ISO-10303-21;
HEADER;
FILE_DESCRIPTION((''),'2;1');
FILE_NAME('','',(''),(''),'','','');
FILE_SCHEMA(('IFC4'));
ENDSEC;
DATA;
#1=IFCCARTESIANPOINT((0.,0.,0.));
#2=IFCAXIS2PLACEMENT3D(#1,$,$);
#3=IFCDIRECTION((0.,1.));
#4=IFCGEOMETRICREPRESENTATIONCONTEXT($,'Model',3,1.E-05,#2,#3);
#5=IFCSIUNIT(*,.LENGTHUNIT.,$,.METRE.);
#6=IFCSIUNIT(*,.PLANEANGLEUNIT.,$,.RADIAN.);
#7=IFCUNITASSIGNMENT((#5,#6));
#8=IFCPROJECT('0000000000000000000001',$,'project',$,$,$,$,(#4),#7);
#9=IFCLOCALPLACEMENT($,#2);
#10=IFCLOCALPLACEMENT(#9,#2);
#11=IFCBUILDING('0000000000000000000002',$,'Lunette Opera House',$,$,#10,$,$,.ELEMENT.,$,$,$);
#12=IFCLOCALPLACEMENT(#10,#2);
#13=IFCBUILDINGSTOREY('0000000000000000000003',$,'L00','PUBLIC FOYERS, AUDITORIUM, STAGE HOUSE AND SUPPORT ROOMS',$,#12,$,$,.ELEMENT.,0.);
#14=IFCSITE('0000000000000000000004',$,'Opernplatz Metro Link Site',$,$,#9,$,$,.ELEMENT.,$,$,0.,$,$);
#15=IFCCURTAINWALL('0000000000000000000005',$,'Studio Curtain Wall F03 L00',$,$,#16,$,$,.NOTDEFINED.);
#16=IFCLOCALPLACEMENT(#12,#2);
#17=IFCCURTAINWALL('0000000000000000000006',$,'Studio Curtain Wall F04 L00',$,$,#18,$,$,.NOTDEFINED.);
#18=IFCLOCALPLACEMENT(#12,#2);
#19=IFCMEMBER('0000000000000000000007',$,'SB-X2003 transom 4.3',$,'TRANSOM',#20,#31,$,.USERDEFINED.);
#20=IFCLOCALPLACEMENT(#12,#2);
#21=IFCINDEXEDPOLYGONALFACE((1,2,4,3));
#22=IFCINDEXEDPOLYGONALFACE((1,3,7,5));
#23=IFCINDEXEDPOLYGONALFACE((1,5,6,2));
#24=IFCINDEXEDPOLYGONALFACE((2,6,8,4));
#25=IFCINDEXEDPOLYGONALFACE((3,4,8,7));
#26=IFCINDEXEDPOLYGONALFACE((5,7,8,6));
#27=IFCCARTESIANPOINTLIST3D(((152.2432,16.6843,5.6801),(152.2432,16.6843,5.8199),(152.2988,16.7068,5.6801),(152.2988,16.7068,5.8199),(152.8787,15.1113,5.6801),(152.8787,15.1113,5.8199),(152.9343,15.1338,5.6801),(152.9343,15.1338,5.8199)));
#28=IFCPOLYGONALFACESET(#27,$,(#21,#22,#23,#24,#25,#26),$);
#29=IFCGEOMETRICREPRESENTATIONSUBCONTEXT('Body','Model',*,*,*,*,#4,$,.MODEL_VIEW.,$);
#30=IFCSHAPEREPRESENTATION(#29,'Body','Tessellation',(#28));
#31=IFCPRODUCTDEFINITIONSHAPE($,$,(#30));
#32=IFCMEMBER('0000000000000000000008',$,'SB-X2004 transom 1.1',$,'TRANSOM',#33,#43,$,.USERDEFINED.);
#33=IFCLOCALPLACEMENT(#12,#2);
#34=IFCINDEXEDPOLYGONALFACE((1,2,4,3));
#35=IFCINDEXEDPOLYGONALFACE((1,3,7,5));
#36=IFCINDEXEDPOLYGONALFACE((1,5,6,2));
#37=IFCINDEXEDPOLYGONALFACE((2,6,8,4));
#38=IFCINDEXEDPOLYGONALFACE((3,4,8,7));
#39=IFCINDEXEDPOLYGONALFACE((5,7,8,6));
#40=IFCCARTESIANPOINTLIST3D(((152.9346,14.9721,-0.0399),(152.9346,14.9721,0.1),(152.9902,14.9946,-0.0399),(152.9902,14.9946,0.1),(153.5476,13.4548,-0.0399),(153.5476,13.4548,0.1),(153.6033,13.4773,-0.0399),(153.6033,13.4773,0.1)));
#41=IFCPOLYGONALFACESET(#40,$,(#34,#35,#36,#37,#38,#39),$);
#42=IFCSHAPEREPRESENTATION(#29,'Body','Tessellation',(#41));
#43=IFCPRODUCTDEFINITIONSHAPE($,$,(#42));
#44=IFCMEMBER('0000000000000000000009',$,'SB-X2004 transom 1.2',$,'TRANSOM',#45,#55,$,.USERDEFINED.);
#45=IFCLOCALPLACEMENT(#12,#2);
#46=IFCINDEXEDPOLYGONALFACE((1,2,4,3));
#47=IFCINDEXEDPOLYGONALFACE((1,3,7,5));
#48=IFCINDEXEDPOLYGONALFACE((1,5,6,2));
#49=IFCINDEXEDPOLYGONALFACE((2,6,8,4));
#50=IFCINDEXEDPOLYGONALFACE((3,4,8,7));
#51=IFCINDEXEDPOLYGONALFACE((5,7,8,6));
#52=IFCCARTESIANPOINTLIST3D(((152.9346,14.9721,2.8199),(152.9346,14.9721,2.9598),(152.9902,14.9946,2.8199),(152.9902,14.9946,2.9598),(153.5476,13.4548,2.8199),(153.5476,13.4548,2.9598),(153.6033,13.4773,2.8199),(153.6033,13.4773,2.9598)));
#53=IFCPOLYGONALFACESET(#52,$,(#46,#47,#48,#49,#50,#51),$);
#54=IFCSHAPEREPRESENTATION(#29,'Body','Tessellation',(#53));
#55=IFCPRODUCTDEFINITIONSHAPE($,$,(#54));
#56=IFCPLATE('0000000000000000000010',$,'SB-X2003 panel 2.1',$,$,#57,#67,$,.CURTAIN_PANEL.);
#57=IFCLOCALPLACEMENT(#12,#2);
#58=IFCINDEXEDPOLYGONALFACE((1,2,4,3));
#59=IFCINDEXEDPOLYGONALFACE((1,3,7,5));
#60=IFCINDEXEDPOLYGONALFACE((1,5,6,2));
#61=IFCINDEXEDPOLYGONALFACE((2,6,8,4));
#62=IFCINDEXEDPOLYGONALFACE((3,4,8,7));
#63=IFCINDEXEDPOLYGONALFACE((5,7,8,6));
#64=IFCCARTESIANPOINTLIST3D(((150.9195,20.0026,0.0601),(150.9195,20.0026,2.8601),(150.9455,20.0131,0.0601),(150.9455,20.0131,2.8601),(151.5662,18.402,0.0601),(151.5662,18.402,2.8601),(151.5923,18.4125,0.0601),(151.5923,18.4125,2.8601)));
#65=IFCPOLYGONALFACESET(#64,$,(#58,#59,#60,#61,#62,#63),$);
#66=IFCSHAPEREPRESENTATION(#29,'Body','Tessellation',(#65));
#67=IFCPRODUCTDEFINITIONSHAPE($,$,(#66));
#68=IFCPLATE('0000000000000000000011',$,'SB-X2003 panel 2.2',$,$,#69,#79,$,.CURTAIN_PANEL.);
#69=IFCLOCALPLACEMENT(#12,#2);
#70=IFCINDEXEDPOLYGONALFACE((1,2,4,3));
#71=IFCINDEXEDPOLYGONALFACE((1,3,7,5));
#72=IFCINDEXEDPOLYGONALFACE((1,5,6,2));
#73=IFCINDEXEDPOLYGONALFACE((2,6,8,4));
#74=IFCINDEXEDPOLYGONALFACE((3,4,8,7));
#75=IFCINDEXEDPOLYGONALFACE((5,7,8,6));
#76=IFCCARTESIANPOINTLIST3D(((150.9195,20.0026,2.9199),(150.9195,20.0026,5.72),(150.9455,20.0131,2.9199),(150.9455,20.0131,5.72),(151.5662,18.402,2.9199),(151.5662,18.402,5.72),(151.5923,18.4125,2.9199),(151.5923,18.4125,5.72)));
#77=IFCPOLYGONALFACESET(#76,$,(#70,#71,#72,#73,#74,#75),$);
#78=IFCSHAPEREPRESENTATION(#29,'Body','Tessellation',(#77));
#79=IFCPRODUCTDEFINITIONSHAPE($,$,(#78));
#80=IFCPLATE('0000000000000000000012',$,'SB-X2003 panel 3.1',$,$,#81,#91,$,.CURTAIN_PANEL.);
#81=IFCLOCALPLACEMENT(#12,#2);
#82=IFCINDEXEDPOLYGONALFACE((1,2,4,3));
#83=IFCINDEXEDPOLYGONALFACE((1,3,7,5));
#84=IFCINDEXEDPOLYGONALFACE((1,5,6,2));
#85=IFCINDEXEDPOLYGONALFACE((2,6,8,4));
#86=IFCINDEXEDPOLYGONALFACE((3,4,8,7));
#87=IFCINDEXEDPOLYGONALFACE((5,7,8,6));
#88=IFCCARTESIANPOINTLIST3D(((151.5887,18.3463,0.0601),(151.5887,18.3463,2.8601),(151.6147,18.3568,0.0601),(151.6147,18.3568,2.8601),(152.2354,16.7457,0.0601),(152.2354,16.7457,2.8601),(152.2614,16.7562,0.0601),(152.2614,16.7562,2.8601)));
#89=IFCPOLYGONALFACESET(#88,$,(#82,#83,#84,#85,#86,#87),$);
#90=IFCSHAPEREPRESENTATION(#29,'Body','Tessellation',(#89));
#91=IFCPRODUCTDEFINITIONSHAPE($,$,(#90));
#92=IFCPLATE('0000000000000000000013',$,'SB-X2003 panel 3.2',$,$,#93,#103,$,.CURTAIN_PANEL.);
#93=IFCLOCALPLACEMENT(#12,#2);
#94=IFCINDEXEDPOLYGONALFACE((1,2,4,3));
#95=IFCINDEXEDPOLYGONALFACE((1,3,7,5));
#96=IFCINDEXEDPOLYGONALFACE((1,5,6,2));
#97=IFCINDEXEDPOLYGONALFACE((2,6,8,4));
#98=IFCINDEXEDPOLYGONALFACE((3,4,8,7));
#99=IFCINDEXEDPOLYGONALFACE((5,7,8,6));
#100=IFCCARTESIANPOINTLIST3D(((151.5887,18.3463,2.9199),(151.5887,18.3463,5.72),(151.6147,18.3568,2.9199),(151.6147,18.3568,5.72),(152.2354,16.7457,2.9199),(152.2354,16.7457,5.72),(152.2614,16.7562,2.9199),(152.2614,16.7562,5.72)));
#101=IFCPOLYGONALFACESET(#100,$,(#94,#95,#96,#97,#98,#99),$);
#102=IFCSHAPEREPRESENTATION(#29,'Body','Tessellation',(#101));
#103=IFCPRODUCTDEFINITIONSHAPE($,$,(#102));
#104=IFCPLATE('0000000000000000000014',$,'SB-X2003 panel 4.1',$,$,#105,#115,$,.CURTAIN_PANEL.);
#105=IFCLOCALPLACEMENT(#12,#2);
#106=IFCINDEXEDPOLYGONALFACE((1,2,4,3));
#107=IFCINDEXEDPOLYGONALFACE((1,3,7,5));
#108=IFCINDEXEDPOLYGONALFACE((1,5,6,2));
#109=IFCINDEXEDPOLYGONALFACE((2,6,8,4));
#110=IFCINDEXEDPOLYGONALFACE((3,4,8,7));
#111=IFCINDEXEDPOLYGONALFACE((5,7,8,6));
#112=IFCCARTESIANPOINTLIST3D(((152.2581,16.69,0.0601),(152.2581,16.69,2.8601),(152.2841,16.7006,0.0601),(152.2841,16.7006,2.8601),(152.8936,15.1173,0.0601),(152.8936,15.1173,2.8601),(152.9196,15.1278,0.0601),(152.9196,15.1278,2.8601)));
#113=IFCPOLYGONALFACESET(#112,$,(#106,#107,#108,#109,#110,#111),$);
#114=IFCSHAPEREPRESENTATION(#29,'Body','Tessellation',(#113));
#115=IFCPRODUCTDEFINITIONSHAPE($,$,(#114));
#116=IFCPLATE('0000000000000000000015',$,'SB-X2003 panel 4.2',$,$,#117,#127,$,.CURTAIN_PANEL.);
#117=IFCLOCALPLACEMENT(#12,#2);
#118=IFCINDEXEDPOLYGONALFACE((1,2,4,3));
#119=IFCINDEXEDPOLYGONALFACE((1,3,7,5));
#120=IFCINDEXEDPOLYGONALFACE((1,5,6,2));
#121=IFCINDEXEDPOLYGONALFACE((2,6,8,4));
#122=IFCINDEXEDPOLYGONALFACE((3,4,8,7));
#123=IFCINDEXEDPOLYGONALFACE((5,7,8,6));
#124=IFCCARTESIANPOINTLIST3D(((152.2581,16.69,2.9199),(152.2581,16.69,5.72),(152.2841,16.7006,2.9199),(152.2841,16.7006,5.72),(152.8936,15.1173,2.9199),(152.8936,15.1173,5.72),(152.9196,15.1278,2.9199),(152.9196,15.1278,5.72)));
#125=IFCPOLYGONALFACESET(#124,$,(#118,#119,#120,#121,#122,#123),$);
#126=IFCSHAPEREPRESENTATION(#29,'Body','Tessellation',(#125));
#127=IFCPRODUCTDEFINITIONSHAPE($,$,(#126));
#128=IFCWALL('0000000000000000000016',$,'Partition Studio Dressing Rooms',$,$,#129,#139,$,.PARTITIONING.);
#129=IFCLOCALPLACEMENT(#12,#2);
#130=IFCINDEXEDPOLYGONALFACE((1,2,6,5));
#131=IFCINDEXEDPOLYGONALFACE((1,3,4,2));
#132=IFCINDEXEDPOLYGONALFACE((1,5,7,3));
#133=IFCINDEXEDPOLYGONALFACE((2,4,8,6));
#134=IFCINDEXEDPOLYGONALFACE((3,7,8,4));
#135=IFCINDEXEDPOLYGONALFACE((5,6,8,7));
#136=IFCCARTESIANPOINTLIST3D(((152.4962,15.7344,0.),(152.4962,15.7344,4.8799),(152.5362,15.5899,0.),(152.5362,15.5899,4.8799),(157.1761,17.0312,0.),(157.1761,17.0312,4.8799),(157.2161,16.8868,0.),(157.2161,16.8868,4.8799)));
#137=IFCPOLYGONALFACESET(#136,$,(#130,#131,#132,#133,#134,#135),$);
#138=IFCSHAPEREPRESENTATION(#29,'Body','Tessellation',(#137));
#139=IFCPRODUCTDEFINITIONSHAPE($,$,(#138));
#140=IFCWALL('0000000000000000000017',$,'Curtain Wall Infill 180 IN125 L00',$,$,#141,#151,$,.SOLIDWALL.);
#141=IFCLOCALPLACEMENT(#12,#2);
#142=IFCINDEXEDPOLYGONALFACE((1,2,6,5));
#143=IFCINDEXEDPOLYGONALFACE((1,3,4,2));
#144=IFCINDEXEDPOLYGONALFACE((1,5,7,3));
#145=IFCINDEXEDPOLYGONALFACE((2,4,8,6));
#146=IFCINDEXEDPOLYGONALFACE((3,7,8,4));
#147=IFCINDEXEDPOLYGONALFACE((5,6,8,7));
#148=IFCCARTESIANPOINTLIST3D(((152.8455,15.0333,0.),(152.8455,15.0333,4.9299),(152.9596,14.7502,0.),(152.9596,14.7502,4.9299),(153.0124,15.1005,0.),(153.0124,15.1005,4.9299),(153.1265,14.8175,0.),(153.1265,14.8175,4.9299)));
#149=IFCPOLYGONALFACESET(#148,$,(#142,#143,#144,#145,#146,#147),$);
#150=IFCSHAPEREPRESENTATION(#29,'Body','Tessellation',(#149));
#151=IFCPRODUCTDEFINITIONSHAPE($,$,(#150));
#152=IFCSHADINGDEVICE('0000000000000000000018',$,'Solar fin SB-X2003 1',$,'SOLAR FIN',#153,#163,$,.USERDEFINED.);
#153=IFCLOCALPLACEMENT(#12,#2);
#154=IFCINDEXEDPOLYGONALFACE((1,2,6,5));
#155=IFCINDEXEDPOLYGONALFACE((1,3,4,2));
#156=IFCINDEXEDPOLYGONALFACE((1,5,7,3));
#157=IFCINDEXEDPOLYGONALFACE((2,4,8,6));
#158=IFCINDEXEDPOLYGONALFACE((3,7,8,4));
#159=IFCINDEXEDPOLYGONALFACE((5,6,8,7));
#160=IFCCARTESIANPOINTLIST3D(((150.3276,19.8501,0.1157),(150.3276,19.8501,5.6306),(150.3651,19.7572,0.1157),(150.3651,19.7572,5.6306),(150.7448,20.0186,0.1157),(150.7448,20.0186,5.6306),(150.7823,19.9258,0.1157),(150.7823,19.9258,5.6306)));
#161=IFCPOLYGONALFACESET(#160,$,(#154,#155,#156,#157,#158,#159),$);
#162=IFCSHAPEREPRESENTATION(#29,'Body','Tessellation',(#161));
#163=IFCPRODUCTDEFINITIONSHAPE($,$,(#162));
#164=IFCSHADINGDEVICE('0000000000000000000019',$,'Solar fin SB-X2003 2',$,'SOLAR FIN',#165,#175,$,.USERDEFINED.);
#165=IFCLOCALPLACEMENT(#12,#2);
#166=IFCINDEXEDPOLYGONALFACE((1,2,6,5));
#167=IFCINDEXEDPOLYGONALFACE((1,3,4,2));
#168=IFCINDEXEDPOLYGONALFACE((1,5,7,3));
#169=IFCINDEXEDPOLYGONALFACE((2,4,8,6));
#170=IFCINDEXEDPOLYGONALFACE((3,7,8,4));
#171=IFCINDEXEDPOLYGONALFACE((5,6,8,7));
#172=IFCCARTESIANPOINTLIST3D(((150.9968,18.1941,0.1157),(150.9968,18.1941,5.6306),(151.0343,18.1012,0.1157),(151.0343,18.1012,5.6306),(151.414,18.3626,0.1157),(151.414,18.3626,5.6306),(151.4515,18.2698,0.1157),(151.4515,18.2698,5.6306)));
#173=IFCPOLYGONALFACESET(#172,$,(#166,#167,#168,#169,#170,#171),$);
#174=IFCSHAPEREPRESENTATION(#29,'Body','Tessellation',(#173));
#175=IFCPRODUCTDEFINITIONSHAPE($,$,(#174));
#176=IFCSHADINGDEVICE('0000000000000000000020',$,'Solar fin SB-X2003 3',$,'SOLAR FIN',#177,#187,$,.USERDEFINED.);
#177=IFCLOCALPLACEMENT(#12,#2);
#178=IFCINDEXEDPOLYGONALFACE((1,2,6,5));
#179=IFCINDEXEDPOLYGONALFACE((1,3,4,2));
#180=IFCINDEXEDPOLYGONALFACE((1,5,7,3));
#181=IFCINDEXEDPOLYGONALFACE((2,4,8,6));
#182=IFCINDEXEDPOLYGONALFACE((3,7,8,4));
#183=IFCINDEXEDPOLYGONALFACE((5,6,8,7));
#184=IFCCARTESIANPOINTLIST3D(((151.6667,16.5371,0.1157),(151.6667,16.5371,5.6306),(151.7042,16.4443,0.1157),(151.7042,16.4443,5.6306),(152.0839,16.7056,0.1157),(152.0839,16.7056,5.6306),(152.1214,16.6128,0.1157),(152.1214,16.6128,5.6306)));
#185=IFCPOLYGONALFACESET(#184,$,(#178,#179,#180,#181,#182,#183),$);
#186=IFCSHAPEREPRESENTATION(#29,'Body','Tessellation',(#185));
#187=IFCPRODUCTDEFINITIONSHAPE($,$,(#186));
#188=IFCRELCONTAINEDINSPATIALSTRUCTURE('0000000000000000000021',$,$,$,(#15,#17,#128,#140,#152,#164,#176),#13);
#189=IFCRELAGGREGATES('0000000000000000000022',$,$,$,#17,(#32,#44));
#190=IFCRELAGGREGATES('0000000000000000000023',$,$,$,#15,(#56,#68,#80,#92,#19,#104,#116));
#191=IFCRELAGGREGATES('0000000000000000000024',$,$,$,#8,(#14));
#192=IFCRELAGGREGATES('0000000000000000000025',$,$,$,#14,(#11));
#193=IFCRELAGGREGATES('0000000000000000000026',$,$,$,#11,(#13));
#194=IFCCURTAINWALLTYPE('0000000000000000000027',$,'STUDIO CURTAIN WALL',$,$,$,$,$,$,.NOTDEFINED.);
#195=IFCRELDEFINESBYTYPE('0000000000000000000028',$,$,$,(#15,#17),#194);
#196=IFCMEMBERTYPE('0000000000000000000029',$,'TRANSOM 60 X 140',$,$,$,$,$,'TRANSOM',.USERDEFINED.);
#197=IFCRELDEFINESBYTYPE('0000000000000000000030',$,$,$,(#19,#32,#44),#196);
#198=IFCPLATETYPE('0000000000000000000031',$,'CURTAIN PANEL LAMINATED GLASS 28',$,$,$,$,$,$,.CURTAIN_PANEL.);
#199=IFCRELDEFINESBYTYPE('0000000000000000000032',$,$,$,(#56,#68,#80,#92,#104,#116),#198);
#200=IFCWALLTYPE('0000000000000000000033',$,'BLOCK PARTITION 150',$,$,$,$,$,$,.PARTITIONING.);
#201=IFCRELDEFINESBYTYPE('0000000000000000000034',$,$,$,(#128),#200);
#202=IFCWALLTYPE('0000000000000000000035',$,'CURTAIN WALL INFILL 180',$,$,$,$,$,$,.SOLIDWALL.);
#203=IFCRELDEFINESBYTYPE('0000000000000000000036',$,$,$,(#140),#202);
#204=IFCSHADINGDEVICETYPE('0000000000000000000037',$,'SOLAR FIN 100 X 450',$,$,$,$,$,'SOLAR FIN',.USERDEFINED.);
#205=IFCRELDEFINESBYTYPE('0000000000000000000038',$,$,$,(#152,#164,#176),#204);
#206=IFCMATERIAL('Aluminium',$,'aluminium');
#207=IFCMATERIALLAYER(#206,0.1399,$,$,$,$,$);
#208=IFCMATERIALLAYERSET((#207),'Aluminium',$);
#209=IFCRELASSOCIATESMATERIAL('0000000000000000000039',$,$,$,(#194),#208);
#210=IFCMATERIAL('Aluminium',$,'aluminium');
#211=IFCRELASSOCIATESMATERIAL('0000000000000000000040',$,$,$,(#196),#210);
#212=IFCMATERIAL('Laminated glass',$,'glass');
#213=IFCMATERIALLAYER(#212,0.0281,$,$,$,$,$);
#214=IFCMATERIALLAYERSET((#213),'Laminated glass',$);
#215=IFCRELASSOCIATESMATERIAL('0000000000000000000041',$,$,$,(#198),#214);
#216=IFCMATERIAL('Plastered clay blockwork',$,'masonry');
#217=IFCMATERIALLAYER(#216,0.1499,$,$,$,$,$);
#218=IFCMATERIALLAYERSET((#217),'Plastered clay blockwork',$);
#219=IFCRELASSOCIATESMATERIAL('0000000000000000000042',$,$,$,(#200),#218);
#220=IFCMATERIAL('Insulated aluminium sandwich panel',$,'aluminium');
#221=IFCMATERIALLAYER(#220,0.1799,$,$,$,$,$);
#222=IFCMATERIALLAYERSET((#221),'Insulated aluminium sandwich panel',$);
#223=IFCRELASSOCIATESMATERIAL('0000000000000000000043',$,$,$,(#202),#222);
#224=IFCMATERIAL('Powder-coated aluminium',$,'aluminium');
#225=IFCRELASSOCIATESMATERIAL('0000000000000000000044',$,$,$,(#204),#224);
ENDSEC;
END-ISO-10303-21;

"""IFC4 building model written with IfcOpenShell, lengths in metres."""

from ifc_helpers import new_model, si_unit, direction, frame, frame_2d, origin, origin_2d, place, context, subcontext, project, spatial, rectangle, extrude, material, layer, layer_set, material_profile, profile_set, type_object, element, aggregate, save


model = new_model("IFC4")

# Units and contexts
model_context = context("Model", 3, precision=1e-05, world=origin(), true_north=direction((0.0, 1.0)))
body_context = subcontext(model_context, "Body", "Model", "MODEL_VIEW")
ifc_project = project(units=[si_unit("LENGTHUNIT", "METRE"), si_unit("PLANEANGLEUNIT", "RADIAN")], contexts=[model_context])

# Site, building, storey
site_placement = place(None, origin())
site = spatial("IfcSite", under=ifc_project, at=site_placement, Name="Opernplatz Metro Link Site", CompositionType="ELEMENT", RefElevation=0.0)
building_placement = place(site_placement, origin())
building = spatial("IfcBuilding", under=site, at=building_placement, Name="Lunette Opera House", CompositionType="ELEMENT")
storey_placement = place(building_placement, origin())
storey = spatial("IfcBuildingStorey", under=building, at=storey_placement, Name="L00", Description="PUBLIC FOYERS, AUDITORIUM, STAGE HOUSE AND SUPPORT ROOMS", CompositionType="ELEMENT", Elevation=0.0)

# Curtain wall
ifc_material_1 = material(Name="Aluminium", Category="aluminium")
ifc_layer_1 = layer(ifc_material_1, 0.1399)
ifc_layer_set_1 = layer_set([ifc_layer_1], Name="Aluminium")
curtain_wall_type = type_object("IfcCurtainWallType", Name="STUDIO CURTAIN WALL", PredefinedType="NOTDEFINED", material=ifc_layer_set_1)
curtain_wall_1_placement = place(storey_placement, origin())
curtain_wall_1 = element("IfcCurtainWall", 1, at=curtain_wall_1_placement, inside=storey, type_object=curtain_wall_type, Name="Studio Curtain Wall F03 L00", PredefinedType="NOTDEFINED")

# Curtain wall
curtain_wall_2_placement = place(storey_placement, origin())
curtain_wall_2 = element("IfcCurtainWall", 2, at=curtain_wall_2_placement, inside=storey, type_object=curtain_wall_type, Name="Studio Curtain Wall F04 L00", PredefinedType="NOTDEFINED")

# Members
ifc_material_2 = material(Name="Aluminium", Category="aluminium")
ifc_material_profile_1 = material_profile(ifc_material_2, rectangle(XDim=0.0601, YDim=0.1399, at=origin_2d()), Name="TRANSOM 60 X 140")
ifc_profile_set_1 = profile_set([ifc_material_profile_1], Name="Aluminium")
member_type_1 = type_object("IfcMemberType", Name="TRANSOM 60 X 140", ElementType="TRANSOM", PredefinedType="USERDEFINED", material=ifc_profile_set_1)
member_1_placement = place(storey_placement, frame((152.271, 16.6956, 5.75), z_axis=(0.374589, -0.927191, 0.0), x_axis=(0.927191, 0.374589, 0.0)))
member_1 = element("IfcMember", 3, at=member_1_placement, type_object=member_type_1, Name="SB-X2003 transom 4.3", ObjectType="TRANSOM", PredefinedType="USERDEFINED", context=body_context, shape_type="SweptSolid", body=[
    extrude(rectangle(XDim=0.0601, YDim=0.1399, at=origin_2d()), origin(), (0.0, 0.0, 1.0), 1.6965),
])
member_2_placement = place(storey_placement, frame((152.9624, 14.9834, 0.03), z_axis=(0.374604, -0.927185, 0.0), x_axis=(0.927185, 0.374604, 0.0)))
member_2 = element("IfcMember", 4, at=member_2_placement, type_object=member_type_1, Name="SB-X2004 transom 1.1", ObjectType="TRANSOM", PredefinedType="USERDEFINED", context=body_context, shape_type="SweptSolid", body=[
    extrude(rectangle(XDim=0.0601, YDim=0.1399, at=origin_2d()), origin(), (0.0, 0.0, 1.0), 1.6365),
])
member_3_placement = place(storey_placement, frame((152.9624, 14.9834, 2.8899), z_axis=(0.374604, -0.927185, 0.0), x_axis=(0.927185, 0.374604, 0.0)))
member_3 = element("IfcMember", 5, at=member_3_placement, type_object=member_type_1, Name="SB-X2004 transom 1.2", ObjectType="TRANSOM", PredefinedType="USERDEFINED", context=body_context, shape_type="SweptSolid", body=[
    extrude(rectangle(XDim=0.0601, YDim=0.1399, at=origin_2d()), origin(), (0.0, 0.0, 1.0), 1.6365),
])
aggregate(curtain_wall_2, [member_2, member_3])

# Plates
ifc_material_3 = material(Name="Laminated glass", Category="glass")
ifc_layer_2 = layer(ifc_material_3, 0.0281)
ifc_layer_set_2 = layer_set([ifc_layer_2], Name="Laminated glass")
plate_type = type_object("IfcPlateType", Name="CURTAIN PANEL LAMINATED GLASS 28", PredefinedType="CURTAIN_PANEL", material=ifc_layer_set_2)
plate_1_placement = place(storey_placement, frame((151.2559, 19.2075, 0.0601), z_axis=(0.0, 0.0, 1.0), x_axis=(0.374646, -0.927168, 0.0)))
plate_1 = element("IfcPlate", 6, at=plate_1_placement, type_object=plate_type, Name="SB-X2003 panel 2.1", PredefinedType="CURTAIN_PANEL", context=body_context, shape_type="SweptSolid", body=[
    extrude(rectangle(XDim=1.7263, YDim=0.0281, at=origin_2d()), origin(), (0.0, 0.0, 1.0), 2.8),
])
plate_2_placement = place(storey_placement, frame((151.2559, 19.2075, 2.9199), z_axis=(0.0, 0.0, 1.0), x_axis=(0.374646, -0.927168, 0.0)))
plate_2 = element("IfcPlate", 7, at=plate_2_placement, type_object=plate_type, Name="SB-X2003 panel 2.2", PredefinedType="CURTAIN_PANEL", context=body_context, shape_type="SweptSolid", body=[
    extrude(rectangle(XDim=1.7263, YDim=0.0281, at=origin_2d()), origin(), (0.0, 0.0, 1.0), 2.8),
])
plate_3_placement = place(storey_placement, frame((151.925, 17.5513, 0.0601), z_axis=(0.0, 0.0, 1.0), x_axis=(0.374646, -0.927168, 0.0)))
plate_3 = element("IfcPlate", 8, at=plate_3_placement, type_object=plate_type, Name="SB-X2003 panel 3.1", PredefinedType="CURTAIN_PANEL", context=body_context, shape_type="SweptSolid", body=[
    extrude(rectangle(XDim=1.7263, YDim=0.0281, at=origin_2d()), origin(), (0.0, 0.0, 1.0), 2.8),
])
plate_4_placement = place(storey_placement, frame((151.925, 17.5513, 2.9199), z_axis=(0.0, 0.0, 1.0), x_axis=(0.374646, -0.927168, 0.0)))
plate_4 = element("IfcPlate", 9, at=plate_4_placement, type_object=plate_type, Name="SB-X2003 panel 3.2", PredefinedType="CURTAIN_PANEL", context=body_context, shape_type="SweptSolid", body=[
    extrude(rectangle(XDim=1.7263, YDim=0.0281, at=origin_2d()), origin(), (0.0, 0.0, 1.0), 2.8),
])
plate_5_placement = place(storey_placement, frame((152.5889, 15.9089, 0.0601), z_axis=(0.0, 0.0, 1.0), x_axis=(0.374646, -0.927168, 0.0)))
plate_5 = element("IfcPlate", 10, at=plate_5_placement, type_object=plate_type, Name="SB-X2003 panel 4.1", PredefinedType="CURTAIN_PANEL", context=body_context, shape_type="SweptSolid", body=[
    extrude(rectangle(XDim=1.6963, YDim=0.0281, at=origin_2d()), origin(), (0.0, 0.0, 1.0), 2.8),
])
plate_6_placement = place(storey_placement, frame((152.5889, 15.9089, 2.9199), z_axis=(0.0, 0.0, 1.0), x_axis=(0.374646, -0.927168, 0.0)))
plate_6 = element("IfcPlate", 11, at=plate_6_placement, type_object=plate_type, Name="SB-X2003 panel 4.2", PredefinedType="CURTAIN_PANEL", context=body_context, shape_type="SweptSolid", body=[
    extrude(rectangle(XDim=1.6963, YDim=0.0281, at=origin_2d()), origin(), (0.0, 0.0, 1.0), 2.8),
])
aggregate(curtain_wall_1, [plate_1, plate_2, plate_3, plate_4, member_1, plate_5, plate_6])

# Walls
ifc_material_4 = material(Name="Plastered clay blockwork", Category="masonry")
ifc_layer_3 = layer(ifc_material_4, 0.1499)
ifc_layer_set_3 = layer_set([ifc_layer_3], Name="Plastered clay blockwork")
wall_type_1 = type_object("IfcWallType", Name="BLOCK PARTITION 150", PredefinedType="PARTITIONING", material=ifc_layer_set_3)
wall_1_placement = place(storey_placement, frame((152.5161, 15.6621, 0.0), z_axis=(0.0, 0.0, 1.0), x_axis=(0.963683, 0.26705, 0.0)))
element("IfcWall", 12, at=wall_1_placement, inside=storey, type_object=wall_type_1, Name="Partition Studio Dressing Rooms", PredefinedType="PARTITIONING", context=body_context, shape_type="SweptSolid", body=[
    extrude(rectangle(XDim=4.8562, YDim=0.1499, at=frame_2d((2.4282, 0.0))), origin(), (0.0, 0.0, 1.0), 4.8799),
])
ifc_material_5 = material(Name="Insulated aluminium sandwich panel", Category="aluminium")
ifc_layer_4 = layer(ifc_material_5, 0.1799)
ifc_layer_set_4 = layer_set([ifc_layer_4], Name="Insulated aluminium sandwich panel")
wall_type_2 = type_object("IfcWallType", Name="CURTAIN WALL INFILL 180", PredefinedType="SOLIDWALL", material=ifc_layer_set_4)
wall_2_placement = place(storey_placement, frame((152.929, 15.0669, 0.0), z_axis=(0.0, 0.0, 1.0), x_axis=(0.373735, -0.927535, 0.0)))
element("IfcWall", 13, at=wall_2_placement, inside=storey, type_object=wall_type_2, Name="Curtain Wall Infill 180 IN125 L00", PredefinedType="SOLIDWALL", context=body_context, shape_type="SweptSolid", body=[
    extrude(rectangle(XDim=0.3052, YDim=0.1799, at=frame_2d((0.1526, 0.0))), origin(), (0.0, 0.0, 1.0), 4.9299),
])

# Shading devices
ifc_material_6 = material(Name="Powder-coated aluminium", Category="aluminium")
shading_device_type = type_object("IfcShadingDeviceType", Name="SOLAR FIN 100 X 450", ElementType="SOLAR FIN", PredefinedType="USERDEFINED", material=ifc_material_6)
for number, where, z_axis, x_axis, name in (
    (14, (150.5549, 19.8879, 0.1157), (0.0, 0.0, 1.0), (-0.927168, -0.374645, 0.0), "Solar fin SB-X2003 1"),
    (15, (151.2241, 18.2319, 0.1157), (0.0, 0.0, 1.0), (-0.927168, -0.374645, 0.0), "Solar fin SB-X2003 2"),
    (16, (151.894, 16.575, 0.1157), (0.0, 0.0, 1.0), (-0.927168, -0.374645, 0.0), "Solar fin SB-X2003 3"),
):
    element("IfcShadingDevice", number, at=place(storey_placement, frame(where, z_axis=z_axis, x_axis=x_axis)), inside=storey, type_object=shading_device_type, Name=name, ObjectType="SOLAR FIN", PredefinedType="USERDEFINED", context=body_context, shape_type="SweptSolid", body=[
        extrude(rectangle(XDim=0.45, YDim=0.1001, at=origin_2d()), origin(), (0.0, 0.0, 1.0), 5.5149),
    ])

save(model, "model.ifc")
